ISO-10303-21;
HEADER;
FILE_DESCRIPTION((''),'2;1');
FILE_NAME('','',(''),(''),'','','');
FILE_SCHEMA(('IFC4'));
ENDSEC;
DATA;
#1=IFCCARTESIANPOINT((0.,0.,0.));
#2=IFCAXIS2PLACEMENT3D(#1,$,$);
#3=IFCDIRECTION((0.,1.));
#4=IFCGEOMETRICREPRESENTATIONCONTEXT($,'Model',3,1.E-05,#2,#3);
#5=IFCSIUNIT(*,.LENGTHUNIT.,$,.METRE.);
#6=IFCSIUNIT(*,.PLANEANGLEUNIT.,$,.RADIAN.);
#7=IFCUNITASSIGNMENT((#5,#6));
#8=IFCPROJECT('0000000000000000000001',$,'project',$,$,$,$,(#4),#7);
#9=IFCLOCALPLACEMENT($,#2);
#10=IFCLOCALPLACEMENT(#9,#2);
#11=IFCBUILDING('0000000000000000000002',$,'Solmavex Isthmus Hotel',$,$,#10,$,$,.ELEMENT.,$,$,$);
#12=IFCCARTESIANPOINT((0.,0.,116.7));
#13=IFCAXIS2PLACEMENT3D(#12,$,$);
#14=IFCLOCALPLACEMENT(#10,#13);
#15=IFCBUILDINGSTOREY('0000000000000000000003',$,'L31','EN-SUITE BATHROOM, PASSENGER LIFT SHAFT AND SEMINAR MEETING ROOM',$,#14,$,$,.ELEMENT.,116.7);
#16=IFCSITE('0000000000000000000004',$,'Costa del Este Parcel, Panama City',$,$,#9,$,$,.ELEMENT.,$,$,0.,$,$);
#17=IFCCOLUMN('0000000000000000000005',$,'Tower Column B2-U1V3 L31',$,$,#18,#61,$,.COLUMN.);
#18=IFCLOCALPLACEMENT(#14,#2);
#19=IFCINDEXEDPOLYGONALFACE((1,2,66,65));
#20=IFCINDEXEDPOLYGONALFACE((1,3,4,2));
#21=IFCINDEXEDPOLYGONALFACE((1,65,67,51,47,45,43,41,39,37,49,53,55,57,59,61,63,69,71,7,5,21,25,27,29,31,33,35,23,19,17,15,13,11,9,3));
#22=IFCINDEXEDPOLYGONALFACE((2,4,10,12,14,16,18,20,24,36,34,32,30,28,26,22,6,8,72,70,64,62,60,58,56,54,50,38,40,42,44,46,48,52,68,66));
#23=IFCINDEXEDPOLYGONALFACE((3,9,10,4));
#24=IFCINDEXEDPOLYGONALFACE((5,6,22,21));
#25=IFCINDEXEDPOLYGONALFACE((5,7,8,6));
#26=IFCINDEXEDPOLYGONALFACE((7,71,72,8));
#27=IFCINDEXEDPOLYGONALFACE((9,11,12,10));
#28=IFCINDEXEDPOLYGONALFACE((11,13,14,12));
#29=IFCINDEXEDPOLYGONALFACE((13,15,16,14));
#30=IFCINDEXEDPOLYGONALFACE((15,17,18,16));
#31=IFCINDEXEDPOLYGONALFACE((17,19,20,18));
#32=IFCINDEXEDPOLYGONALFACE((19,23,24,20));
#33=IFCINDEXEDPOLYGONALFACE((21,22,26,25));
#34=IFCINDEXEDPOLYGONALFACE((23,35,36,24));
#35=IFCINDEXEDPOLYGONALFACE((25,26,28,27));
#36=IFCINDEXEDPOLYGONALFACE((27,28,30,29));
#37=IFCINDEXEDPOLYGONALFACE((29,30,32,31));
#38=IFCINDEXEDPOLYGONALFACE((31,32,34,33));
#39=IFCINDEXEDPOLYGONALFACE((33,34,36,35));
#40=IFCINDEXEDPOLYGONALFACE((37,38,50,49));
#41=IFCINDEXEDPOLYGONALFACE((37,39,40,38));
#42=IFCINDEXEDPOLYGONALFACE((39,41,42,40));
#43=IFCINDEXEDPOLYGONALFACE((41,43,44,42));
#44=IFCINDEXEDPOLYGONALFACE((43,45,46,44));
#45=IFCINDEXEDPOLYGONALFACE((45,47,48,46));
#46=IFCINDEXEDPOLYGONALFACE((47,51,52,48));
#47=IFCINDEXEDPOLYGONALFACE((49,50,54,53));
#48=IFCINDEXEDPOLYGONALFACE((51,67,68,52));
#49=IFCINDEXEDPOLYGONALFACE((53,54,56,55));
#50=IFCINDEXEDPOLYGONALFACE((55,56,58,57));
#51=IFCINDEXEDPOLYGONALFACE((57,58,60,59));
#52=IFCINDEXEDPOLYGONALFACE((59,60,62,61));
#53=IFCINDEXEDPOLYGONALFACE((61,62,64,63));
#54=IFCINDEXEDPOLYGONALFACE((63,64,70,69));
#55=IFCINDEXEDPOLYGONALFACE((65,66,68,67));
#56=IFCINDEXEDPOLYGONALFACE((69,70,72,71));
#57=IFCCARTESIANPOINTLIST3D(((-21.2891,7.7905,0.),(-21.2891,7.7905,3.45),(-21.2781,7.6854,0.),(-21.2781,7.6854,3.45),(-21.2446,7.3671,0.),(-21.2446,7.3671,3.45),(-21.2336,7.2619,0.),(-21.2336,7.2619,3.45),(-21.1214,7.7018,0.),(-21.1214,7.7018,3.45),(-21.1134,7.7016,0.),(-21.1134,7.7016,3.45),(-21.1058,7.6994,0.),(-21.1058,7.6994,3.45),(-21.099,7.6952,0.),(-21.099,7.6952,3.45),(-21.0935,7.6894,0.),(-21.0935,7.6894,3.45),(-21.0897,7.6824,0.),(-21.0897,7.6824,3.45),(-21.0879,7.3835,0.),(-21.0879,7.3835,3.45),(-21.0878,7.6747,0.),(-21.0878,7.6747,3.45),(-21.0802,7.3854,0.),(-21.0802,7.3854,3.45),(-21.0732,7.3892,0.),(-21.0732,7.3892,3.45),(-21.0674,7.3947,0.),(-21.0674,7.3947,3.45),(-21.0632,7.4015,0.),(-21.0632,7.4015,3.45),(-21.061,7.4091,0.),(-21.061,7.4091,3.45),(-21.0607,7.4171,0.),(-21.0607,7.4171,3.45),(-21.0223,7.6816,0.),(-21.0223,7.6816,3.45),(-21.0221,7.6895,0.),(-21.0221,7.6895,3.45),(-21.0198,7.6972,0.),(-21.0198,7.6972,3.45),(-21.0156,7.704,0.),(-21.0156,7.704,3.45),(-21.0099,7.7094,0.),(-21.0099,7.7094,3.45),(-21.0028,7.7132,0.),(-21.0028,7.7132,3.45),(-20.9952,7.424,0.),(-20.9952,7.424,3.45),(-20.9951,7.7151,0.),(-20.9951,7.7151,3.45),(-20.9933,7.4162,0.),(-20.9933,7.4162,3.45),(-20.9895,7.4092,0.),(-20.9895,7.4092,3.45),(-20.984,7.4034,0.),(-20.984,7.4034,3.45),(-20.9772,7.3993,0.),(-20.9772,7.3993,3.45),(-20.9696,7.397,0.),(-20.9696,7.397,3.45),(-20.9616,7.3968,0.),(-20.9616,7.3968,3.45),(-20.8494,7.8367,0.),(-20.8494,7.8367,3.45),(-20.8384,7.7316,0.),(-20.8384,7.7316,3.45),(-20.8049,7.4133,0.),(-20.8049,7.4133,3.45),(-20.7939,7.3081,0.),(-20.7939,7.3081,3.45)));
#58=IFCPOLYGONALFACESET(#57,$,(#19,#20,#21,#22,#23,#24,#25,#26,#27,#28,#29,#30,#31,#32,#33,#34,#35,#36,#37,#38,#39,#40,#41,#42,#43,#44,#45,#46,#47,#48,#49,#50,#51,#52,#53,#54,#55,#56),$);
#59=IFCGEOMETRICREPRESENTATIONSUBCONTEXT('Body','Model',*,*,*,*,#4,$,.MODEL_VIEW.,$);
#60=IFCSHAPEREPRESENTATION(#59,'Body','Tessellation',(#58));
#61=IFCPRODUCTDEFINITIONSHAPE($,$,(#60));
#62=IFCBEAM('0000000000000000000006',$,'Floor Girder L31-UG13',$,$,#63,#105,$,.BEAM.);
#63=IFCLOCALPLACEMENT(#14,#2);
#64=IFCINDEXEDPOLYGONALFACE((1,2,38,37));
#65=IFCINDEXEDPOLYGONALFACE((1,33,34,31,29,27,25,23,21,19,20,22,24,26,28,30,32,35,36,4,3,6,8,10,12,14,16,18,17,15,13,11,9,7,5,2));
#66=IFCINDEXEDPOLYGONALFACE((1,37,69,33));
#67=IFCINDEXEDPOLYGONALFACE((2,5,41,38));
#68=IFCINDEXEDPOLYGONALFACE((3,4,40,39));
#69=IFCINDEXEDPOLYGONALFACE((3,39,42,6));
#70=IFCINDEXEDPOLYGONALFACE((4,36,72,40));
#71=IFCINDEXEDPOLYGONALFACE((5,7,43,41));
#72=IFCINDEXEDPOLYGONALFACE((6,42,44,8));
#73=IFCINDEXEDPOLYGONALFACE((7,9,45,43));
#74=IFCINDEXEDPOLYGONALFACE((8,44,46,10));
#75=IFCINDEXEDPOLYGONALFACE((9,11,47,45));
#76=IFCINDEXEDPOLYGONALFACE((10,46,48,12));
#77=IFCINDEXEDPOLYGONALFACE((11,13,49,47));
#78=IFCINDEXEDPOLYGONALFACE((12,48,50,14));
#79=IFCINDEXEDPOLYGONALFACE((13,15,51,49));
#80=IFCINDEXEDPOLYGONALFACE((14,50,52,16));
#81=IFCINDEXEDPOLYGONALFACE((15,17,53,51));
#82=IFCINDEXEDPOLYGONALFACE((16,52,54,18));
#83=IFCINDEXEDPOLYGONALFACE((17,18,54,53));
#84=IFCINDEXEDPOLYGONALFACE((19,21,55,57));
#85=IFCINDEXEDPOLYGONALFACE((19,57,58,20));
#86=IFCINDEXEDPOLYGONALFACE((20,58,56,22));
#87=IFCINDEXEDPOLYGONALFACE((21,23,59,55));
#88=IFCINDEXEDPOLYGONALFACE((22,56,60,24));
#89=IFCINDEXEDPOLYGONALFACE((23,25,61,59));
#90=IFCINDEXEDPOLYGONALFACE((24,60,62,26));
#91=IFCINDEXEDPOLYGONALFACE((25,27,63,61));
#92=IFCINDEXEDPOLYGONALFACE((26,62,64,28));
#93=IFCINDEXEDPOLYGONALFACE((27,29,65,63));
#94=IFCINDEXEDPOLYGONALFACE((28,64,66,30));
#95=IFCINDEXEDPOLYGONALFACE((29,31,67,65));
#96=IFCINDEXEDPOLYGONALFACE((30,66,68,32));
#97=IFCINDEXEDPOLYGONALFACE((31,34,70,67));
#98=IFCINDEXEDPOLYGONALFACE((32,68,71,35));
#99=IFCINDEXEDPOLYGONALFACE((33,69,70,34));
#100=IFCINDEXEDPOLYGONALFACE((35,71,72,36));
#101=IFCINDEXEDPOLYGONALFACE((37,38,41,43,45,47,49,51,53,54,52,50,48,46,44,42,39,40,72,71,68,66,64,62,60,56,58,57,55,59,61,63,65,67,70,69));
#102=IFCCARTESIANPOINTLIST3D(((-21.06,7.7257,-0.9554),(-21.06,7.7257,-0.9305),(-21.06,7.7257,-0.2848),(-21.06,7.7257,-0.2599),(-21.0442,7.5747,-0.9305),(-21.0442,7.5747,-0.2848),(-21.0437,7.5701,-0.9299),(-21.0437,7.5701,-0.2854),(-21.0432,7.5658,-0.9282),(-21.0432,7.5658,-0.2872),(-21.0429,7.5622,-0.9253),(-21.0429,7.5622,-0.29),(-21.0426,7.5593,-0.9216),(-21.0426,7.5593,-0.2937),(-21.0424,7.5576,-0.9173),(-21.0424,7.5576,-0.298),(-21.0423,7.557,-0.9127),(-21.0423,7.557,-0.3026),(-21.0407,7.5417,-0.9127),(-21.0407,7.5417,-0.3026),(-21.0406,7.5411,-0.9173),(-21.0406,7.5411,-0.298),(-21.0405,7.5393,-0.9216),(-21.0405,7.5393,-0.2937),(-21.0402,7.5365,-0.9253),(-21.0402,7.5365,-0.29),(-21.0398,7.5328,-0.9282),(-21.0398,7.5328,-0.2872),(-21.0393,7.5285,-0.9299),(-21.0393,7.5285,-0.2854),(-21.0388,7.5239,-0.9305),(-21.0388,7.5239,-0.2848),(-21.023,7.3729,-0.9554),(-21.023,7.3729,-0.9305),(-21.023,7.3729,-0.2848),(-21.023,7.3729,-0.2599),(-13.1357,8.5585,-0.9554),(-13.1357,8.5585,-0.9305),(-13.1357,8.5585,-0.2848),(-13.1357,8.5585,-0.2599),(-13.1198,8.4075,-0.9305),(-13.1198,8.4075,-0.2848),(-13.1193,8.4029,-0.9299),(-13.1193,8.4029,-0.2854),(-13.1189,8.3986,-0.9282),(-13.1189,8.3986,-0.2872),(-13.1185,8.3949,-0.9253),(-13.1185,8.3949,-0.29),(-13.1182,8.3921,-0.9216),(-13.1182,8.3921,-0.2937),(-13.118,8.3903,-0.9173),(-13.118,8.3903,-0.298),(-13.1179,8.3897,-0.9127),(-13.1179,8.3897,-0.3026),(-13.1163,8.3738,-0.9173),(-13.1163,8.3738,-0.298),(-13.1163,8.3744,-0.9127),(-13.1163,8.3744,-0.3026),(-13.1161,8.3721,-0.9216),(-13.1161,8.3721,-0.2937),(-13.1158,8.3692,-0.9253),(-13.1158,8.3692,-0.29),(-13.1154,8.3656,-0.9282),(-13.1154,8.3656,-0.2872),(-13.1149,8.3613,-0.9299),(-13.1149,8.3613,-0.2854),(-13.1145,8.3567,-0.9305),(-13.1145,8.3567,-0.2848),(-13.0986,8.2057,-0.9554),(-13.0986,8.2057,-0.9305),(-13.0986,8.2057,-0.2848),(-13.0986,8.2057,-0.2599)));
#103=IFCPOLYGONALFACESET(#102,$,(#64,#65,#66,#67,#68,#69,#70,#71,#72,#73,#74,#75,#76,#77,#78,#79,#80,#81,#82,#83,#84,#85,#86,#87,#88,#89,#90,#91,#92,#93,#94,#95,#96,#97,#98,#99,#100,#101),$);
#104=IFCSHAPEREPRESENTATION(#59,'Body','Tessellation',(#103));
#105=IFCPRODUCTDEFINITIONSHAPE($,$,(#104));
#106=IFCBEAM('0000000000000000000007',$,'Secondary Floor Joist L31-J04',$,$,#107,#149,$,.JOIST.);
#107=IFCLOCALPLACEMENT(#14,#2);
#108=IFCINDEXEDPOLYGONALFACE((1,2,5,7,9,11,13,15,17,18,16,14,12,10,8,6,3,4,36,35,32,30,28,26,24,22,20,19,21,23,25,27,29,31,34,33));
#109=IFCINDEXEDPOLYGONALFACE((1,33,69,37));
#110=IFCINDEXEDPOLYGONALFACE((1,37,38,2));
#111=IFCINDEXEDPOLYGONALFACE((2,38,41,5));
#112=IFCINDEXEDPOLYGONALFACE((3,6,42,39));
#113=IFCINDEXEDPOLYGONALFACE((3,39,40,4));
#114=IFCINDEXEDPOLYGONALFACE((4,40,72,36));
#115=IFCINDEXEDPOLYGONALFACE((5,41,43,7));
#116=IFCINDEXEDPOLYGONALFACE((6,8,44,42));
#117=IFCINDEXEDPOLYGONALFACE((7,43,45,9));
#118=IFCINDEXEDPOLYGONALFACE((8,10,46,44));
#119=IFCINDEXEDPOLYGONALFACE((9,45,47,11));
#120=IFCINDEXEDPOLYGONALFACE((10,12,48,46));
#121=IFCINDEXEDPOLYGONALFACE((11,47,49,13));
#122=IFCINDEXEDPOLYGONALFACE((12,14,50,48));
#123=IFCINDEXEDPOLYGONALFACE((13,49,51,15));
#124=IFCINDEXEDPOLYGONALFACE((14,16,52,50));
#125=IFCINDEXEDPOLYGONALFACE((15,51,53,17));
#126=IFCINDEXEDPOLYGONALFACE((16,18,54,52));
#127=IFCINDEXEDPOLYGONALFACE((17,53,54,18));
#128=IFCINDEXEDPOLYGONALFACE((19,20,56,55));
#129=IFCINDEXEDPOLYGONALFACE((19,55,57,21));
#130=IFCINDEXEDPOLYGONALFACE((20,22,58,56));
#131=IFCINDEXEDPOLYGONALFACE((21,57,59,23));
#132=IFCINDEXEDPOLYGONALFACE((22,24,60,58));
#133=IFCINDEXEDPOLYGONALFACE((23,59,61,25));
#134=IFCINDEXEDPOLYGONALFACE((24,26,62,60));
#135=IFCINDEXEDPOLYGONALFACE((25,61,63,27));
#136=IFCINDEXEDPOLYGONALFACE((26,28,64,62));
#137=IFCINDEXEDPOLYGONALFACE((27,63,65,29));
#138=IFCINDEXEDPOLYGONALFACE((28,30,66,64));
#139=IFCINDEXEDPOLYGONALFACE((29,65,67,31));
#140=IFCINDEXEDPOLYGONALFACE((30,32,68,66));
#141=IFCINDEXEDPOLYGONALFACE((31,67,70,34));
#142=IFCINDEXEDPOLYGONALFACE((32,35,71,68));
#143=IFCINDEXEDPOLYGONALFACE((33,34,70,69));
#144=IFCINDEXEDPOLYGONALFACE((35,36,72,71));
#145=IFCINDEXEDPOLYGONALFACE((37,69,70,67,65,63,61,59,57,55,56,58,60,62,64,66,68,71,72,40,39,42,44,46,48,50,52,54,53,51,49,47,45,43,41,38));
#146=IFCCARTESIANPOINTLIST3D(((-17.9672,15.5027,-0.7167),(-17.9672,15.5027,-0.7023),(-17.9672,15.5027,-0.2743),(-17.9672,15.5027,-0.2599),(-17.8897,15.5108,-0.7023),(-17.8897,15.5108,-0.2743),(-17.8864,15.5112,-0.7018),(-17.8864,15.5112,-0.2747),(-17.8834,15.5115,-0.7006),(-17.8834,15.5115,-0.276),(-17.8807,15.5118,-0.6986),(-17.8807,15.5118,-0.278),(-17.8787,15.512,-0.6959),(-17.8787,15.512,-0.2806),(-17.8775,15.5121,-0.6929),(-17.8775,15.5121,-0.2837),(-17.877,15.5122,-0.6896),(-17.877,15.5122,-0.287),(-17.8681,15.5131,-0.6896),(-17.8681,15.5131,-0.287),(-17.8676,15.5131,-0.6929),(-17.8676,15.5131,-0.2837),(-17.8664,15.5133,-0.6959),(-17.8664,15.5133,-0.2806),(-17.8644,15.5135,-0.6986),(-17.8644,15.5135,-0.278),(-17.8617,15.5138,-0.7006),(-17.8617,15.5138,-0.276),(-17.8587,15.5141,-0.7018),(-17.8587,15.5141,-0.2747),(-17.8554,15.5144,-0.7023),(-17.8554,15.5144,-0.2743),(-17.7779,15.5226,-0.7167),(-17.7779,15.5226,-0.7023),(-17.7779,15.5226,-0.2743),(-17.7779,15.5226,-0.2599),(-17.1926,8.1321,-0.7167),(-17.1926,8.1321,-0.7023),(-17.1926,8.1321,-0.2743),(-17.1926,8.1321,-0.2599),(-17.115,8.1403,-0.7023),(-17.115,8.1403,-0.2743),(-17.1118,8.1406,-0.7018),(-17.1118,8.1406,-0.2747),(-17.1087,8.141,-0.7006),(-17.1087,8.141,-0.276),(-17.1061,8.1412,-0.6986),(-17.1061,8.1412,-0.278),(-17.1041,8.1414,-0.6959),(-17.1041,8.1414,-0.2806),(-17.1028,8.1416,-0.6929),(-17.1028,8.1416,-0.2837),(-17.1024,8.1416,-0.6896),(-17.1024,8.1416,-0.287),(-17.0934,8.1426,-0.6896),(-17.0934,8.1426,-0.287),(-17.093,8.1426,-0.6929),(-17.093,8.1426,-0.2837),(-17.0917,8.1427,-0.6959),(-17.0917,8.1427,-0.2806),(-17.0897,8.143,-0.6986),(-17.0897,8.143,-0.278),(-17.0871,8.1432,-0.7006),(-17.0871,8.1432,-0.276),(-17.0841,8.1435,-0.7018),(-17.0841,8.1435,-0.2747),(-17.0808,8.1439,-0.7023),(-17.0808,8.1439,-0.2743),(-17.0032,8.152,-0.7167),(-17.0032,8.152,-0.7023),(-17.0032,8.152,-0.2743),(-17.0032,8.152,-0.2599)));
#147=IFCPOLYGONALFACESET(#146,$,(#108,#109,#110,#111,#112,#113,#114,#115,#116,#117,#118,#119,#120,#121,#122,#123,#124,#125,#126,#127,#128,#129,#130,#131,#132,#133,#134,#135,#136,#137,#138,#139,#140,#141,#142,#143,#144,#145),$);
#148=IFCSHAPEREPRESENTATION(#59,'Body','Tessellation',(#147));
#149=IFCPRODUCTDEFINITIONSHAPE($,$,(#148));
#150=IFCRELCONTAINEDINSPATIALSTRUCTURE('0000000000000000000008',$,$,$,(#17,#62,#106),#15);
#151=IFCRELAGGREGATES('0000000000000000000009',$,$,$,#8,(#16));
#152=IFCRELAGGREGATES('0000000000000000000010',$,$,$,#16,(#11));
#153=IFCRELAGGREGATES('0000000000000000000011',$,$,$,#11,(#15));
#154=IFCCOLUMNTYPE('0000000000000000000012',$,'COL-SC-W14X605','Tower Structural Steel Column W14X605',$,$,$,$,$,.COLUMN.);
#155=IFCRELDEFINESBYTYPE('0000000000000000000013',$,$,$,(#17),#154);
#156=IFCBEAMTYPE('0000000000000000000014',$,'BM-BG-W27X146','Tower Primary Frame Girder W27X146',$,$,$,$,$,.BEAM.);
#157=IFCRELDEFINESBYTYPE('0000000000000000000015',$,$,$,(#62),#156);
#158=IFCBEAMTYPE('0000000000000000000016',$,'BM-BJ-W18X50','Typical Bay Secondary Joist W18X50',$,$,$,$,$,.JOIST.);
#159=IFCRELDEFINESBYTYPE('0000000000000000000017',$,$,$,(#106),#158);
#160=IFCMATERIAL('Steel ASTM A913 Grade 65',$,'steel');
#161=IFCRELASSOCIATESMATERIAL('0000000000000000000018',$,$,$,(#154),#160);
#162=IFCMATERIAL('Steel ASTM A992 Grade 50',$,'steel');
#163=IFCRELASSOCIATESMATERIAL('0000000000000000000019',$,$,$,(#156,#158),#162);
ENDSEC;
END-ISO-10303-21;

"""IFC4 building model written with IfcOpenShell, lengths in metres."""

from ifc_helpers import new_model, si_unit, direction, frame, origin, origin_2d, place, context, subcontext, project, spatial, i_section, extrude, material, material_profile, profile_set, type_object, element, save


model = new_model("IFC4")

# Units and contexts
model_context = context("Model", 3, precision=1e-05, world=origin(), true_north=direction((0.0, 1.0)))
body_context = subcontext(model_context, "Body", "Model", "MODEL_VIEW")
ifc_project = project(units=[si_unit("LENGTHUNIT", "METRE"), si_unit("PLANEANGLEUNIT", "RADIAN")], contexts=[model_context])

# Site, building, storey
site_placement = place(None, origin())
site = spatial("IfcSite", under=ifc_project, at=site_placement, Name="Costa del Este Parcel, Panama City", CompositionType="ELEMENT", RefElevation=0.0)
building_placement = place(site_placement, origin())
building = spatial("IfcBuilding", under=site, at=building_placement, Name="Solmavex Isthmus Hotel", CompositionType="ELEMENT")
storey_placement = place(building_placement, frame((0.0, 0.0, 116.7)))
storey = spatial("IfcBuildingStorey", under=building, at=storey_placement, Name="L31", Description="EN-SUITE BATHROOM, PASSENGER LIFT SHAFT AND SEMINAR MEETING ROOM", CompositionType="ELEMENT", Elevation=116.7)

# Column
ifc_material_1 = material(Name="Steel ASTM A913 Grade 65", Category="steel")
ifc_material_profile_1 = material_profile(ifc_material_1, i_section(OverallWidth=0.4421, OverallDepth=0.5315, WebThickness=0.0659, FlangeThickness=0.1057, FilletRadius=0.0305, at=origin_2d()), Name="W14X605")
ifc_profile_set_1 = profile_set([ifc_material_profile_1], Name="Steel ASTM A913 Grade 65")
column_type = type_object("IfcColumnType", Name="COL-SC-W14X605", Description="Tower Structural Steel Column W14X605", PredefinedType="COLUMN", material=ifc_profile_set_1)
column_placement = place(storey_placement, frame((-21.0415, 7.5493, 0.0), z_axis=(0.0, 0.0, 1.0), x_axis=(0.994522, 0.104528, 0.0)))
element("IfcColumn", 1, at=column_placement, inside=storey, type_object=column_type, Name="Tower Column B2-U1V3 L31", PredefinedType="COLUMN", context=body_context, shape_type="SweptSolid", body=[
    extrude(i_section(OverallWidth=0.4421, OverallDepth=0.5315, WebThickness=0.0659, FlangeThickness=0.1057, FilletRadius=0.0305, at=origin_2d()), origin(), (0.0, 0.0, 1.0), 3.45),
])

# Beams
ifc_material_2 = material(Name="Steel ASTM A992 Grade 50", Category="steel")
ifc_material_profile_2 = material_profile(ifc_material_2, i_section(OverallWidth=0.3547, OverallDepth=0.6956, WebThickness=0.0154, FlangeThickness=0.0249, FilletRadius=0.0178, at=origin_2d()), Name="W27X146")
ifc_profile_set_2 = profile_set([ifc_material_profile_2], Name="Steel ASTM A992 Grade 50")
beam_type_1 = type_object("IfcBeamType", Name="BM-BG-W27X146", Description="Tower Primary Frame Girder W27X146", PredefinedType="BEAM", material=ifc_profile_set_2)
beam_1_placement = place(storey_placement, frame((-21.0415, 7.5493, -0.6077), z_axis=(0.994523, 0.104514, 0.0), x_axis=(-0.104514, 0.994523, 0.0)))
element("IfcBeam", 2, at=beam_1_placement, inside=storey, type_object=beam_type_1, Name="Floor Girder L31-UG13", PredefinedType="BEAM", context=body_context, shape_type="SweptSolid", body=[
    extrude(i_section(OverallWidth=0.3547, OverallDepth=0.6956, WebThickness=0.0154, FlangeThickness=0.0249, FilletRadius=0.0178, at=origin_2d()), origin(), (0.0, 0.0, 1.0), 7.968),
])
ifc_material_profile_3 = material_profile(ifc_material_2, i_section(OverallWidth=0.1904, OverallDepth=0.4568, WebThickness=0.009, FlangeThickness=0.0144, FilletRadius=0.0127, at=origin_2d()), Name="W18X50")
ifc_profile_set_3 = profile_set([ifc_material_profile_3], Name="Steel ASTM A992 Grade 50")
beam_type_2 = type_object("IfcBeamType", Name="BM-BJ-W18X50", Description="Typical Bay Secondary Joist W18X50", PredefinedType="JOIST", material=ifc_profile_set_3)
beam_2_placement = place(storey_placement, frame((-17.0979, 8.1421, -0.4883), z_axis=(-0.104525, 0.994522, 0.0), x_axis=(-0.994522, -0.104525, 0.0)))
element("IfcBeam", 3, at=beam_2_placement, inside=storey, type_object=beam_type_2, Name="Secondary Floor Joist L31-J04", PredefinedType="JOIST", context=body_context, shape_type="SweptSolid", body=[
    extrude(i_section(OverallWidth=0.1904, OverallDepth=0.4568, WebThickness=0.009, FlangeThickness=0.0144, FilletRadius=0.0127, at=origin_2d()), origin(), (0.0, 0.0, 1.0), 7.4111),
])

save(model, "model.ifc")
